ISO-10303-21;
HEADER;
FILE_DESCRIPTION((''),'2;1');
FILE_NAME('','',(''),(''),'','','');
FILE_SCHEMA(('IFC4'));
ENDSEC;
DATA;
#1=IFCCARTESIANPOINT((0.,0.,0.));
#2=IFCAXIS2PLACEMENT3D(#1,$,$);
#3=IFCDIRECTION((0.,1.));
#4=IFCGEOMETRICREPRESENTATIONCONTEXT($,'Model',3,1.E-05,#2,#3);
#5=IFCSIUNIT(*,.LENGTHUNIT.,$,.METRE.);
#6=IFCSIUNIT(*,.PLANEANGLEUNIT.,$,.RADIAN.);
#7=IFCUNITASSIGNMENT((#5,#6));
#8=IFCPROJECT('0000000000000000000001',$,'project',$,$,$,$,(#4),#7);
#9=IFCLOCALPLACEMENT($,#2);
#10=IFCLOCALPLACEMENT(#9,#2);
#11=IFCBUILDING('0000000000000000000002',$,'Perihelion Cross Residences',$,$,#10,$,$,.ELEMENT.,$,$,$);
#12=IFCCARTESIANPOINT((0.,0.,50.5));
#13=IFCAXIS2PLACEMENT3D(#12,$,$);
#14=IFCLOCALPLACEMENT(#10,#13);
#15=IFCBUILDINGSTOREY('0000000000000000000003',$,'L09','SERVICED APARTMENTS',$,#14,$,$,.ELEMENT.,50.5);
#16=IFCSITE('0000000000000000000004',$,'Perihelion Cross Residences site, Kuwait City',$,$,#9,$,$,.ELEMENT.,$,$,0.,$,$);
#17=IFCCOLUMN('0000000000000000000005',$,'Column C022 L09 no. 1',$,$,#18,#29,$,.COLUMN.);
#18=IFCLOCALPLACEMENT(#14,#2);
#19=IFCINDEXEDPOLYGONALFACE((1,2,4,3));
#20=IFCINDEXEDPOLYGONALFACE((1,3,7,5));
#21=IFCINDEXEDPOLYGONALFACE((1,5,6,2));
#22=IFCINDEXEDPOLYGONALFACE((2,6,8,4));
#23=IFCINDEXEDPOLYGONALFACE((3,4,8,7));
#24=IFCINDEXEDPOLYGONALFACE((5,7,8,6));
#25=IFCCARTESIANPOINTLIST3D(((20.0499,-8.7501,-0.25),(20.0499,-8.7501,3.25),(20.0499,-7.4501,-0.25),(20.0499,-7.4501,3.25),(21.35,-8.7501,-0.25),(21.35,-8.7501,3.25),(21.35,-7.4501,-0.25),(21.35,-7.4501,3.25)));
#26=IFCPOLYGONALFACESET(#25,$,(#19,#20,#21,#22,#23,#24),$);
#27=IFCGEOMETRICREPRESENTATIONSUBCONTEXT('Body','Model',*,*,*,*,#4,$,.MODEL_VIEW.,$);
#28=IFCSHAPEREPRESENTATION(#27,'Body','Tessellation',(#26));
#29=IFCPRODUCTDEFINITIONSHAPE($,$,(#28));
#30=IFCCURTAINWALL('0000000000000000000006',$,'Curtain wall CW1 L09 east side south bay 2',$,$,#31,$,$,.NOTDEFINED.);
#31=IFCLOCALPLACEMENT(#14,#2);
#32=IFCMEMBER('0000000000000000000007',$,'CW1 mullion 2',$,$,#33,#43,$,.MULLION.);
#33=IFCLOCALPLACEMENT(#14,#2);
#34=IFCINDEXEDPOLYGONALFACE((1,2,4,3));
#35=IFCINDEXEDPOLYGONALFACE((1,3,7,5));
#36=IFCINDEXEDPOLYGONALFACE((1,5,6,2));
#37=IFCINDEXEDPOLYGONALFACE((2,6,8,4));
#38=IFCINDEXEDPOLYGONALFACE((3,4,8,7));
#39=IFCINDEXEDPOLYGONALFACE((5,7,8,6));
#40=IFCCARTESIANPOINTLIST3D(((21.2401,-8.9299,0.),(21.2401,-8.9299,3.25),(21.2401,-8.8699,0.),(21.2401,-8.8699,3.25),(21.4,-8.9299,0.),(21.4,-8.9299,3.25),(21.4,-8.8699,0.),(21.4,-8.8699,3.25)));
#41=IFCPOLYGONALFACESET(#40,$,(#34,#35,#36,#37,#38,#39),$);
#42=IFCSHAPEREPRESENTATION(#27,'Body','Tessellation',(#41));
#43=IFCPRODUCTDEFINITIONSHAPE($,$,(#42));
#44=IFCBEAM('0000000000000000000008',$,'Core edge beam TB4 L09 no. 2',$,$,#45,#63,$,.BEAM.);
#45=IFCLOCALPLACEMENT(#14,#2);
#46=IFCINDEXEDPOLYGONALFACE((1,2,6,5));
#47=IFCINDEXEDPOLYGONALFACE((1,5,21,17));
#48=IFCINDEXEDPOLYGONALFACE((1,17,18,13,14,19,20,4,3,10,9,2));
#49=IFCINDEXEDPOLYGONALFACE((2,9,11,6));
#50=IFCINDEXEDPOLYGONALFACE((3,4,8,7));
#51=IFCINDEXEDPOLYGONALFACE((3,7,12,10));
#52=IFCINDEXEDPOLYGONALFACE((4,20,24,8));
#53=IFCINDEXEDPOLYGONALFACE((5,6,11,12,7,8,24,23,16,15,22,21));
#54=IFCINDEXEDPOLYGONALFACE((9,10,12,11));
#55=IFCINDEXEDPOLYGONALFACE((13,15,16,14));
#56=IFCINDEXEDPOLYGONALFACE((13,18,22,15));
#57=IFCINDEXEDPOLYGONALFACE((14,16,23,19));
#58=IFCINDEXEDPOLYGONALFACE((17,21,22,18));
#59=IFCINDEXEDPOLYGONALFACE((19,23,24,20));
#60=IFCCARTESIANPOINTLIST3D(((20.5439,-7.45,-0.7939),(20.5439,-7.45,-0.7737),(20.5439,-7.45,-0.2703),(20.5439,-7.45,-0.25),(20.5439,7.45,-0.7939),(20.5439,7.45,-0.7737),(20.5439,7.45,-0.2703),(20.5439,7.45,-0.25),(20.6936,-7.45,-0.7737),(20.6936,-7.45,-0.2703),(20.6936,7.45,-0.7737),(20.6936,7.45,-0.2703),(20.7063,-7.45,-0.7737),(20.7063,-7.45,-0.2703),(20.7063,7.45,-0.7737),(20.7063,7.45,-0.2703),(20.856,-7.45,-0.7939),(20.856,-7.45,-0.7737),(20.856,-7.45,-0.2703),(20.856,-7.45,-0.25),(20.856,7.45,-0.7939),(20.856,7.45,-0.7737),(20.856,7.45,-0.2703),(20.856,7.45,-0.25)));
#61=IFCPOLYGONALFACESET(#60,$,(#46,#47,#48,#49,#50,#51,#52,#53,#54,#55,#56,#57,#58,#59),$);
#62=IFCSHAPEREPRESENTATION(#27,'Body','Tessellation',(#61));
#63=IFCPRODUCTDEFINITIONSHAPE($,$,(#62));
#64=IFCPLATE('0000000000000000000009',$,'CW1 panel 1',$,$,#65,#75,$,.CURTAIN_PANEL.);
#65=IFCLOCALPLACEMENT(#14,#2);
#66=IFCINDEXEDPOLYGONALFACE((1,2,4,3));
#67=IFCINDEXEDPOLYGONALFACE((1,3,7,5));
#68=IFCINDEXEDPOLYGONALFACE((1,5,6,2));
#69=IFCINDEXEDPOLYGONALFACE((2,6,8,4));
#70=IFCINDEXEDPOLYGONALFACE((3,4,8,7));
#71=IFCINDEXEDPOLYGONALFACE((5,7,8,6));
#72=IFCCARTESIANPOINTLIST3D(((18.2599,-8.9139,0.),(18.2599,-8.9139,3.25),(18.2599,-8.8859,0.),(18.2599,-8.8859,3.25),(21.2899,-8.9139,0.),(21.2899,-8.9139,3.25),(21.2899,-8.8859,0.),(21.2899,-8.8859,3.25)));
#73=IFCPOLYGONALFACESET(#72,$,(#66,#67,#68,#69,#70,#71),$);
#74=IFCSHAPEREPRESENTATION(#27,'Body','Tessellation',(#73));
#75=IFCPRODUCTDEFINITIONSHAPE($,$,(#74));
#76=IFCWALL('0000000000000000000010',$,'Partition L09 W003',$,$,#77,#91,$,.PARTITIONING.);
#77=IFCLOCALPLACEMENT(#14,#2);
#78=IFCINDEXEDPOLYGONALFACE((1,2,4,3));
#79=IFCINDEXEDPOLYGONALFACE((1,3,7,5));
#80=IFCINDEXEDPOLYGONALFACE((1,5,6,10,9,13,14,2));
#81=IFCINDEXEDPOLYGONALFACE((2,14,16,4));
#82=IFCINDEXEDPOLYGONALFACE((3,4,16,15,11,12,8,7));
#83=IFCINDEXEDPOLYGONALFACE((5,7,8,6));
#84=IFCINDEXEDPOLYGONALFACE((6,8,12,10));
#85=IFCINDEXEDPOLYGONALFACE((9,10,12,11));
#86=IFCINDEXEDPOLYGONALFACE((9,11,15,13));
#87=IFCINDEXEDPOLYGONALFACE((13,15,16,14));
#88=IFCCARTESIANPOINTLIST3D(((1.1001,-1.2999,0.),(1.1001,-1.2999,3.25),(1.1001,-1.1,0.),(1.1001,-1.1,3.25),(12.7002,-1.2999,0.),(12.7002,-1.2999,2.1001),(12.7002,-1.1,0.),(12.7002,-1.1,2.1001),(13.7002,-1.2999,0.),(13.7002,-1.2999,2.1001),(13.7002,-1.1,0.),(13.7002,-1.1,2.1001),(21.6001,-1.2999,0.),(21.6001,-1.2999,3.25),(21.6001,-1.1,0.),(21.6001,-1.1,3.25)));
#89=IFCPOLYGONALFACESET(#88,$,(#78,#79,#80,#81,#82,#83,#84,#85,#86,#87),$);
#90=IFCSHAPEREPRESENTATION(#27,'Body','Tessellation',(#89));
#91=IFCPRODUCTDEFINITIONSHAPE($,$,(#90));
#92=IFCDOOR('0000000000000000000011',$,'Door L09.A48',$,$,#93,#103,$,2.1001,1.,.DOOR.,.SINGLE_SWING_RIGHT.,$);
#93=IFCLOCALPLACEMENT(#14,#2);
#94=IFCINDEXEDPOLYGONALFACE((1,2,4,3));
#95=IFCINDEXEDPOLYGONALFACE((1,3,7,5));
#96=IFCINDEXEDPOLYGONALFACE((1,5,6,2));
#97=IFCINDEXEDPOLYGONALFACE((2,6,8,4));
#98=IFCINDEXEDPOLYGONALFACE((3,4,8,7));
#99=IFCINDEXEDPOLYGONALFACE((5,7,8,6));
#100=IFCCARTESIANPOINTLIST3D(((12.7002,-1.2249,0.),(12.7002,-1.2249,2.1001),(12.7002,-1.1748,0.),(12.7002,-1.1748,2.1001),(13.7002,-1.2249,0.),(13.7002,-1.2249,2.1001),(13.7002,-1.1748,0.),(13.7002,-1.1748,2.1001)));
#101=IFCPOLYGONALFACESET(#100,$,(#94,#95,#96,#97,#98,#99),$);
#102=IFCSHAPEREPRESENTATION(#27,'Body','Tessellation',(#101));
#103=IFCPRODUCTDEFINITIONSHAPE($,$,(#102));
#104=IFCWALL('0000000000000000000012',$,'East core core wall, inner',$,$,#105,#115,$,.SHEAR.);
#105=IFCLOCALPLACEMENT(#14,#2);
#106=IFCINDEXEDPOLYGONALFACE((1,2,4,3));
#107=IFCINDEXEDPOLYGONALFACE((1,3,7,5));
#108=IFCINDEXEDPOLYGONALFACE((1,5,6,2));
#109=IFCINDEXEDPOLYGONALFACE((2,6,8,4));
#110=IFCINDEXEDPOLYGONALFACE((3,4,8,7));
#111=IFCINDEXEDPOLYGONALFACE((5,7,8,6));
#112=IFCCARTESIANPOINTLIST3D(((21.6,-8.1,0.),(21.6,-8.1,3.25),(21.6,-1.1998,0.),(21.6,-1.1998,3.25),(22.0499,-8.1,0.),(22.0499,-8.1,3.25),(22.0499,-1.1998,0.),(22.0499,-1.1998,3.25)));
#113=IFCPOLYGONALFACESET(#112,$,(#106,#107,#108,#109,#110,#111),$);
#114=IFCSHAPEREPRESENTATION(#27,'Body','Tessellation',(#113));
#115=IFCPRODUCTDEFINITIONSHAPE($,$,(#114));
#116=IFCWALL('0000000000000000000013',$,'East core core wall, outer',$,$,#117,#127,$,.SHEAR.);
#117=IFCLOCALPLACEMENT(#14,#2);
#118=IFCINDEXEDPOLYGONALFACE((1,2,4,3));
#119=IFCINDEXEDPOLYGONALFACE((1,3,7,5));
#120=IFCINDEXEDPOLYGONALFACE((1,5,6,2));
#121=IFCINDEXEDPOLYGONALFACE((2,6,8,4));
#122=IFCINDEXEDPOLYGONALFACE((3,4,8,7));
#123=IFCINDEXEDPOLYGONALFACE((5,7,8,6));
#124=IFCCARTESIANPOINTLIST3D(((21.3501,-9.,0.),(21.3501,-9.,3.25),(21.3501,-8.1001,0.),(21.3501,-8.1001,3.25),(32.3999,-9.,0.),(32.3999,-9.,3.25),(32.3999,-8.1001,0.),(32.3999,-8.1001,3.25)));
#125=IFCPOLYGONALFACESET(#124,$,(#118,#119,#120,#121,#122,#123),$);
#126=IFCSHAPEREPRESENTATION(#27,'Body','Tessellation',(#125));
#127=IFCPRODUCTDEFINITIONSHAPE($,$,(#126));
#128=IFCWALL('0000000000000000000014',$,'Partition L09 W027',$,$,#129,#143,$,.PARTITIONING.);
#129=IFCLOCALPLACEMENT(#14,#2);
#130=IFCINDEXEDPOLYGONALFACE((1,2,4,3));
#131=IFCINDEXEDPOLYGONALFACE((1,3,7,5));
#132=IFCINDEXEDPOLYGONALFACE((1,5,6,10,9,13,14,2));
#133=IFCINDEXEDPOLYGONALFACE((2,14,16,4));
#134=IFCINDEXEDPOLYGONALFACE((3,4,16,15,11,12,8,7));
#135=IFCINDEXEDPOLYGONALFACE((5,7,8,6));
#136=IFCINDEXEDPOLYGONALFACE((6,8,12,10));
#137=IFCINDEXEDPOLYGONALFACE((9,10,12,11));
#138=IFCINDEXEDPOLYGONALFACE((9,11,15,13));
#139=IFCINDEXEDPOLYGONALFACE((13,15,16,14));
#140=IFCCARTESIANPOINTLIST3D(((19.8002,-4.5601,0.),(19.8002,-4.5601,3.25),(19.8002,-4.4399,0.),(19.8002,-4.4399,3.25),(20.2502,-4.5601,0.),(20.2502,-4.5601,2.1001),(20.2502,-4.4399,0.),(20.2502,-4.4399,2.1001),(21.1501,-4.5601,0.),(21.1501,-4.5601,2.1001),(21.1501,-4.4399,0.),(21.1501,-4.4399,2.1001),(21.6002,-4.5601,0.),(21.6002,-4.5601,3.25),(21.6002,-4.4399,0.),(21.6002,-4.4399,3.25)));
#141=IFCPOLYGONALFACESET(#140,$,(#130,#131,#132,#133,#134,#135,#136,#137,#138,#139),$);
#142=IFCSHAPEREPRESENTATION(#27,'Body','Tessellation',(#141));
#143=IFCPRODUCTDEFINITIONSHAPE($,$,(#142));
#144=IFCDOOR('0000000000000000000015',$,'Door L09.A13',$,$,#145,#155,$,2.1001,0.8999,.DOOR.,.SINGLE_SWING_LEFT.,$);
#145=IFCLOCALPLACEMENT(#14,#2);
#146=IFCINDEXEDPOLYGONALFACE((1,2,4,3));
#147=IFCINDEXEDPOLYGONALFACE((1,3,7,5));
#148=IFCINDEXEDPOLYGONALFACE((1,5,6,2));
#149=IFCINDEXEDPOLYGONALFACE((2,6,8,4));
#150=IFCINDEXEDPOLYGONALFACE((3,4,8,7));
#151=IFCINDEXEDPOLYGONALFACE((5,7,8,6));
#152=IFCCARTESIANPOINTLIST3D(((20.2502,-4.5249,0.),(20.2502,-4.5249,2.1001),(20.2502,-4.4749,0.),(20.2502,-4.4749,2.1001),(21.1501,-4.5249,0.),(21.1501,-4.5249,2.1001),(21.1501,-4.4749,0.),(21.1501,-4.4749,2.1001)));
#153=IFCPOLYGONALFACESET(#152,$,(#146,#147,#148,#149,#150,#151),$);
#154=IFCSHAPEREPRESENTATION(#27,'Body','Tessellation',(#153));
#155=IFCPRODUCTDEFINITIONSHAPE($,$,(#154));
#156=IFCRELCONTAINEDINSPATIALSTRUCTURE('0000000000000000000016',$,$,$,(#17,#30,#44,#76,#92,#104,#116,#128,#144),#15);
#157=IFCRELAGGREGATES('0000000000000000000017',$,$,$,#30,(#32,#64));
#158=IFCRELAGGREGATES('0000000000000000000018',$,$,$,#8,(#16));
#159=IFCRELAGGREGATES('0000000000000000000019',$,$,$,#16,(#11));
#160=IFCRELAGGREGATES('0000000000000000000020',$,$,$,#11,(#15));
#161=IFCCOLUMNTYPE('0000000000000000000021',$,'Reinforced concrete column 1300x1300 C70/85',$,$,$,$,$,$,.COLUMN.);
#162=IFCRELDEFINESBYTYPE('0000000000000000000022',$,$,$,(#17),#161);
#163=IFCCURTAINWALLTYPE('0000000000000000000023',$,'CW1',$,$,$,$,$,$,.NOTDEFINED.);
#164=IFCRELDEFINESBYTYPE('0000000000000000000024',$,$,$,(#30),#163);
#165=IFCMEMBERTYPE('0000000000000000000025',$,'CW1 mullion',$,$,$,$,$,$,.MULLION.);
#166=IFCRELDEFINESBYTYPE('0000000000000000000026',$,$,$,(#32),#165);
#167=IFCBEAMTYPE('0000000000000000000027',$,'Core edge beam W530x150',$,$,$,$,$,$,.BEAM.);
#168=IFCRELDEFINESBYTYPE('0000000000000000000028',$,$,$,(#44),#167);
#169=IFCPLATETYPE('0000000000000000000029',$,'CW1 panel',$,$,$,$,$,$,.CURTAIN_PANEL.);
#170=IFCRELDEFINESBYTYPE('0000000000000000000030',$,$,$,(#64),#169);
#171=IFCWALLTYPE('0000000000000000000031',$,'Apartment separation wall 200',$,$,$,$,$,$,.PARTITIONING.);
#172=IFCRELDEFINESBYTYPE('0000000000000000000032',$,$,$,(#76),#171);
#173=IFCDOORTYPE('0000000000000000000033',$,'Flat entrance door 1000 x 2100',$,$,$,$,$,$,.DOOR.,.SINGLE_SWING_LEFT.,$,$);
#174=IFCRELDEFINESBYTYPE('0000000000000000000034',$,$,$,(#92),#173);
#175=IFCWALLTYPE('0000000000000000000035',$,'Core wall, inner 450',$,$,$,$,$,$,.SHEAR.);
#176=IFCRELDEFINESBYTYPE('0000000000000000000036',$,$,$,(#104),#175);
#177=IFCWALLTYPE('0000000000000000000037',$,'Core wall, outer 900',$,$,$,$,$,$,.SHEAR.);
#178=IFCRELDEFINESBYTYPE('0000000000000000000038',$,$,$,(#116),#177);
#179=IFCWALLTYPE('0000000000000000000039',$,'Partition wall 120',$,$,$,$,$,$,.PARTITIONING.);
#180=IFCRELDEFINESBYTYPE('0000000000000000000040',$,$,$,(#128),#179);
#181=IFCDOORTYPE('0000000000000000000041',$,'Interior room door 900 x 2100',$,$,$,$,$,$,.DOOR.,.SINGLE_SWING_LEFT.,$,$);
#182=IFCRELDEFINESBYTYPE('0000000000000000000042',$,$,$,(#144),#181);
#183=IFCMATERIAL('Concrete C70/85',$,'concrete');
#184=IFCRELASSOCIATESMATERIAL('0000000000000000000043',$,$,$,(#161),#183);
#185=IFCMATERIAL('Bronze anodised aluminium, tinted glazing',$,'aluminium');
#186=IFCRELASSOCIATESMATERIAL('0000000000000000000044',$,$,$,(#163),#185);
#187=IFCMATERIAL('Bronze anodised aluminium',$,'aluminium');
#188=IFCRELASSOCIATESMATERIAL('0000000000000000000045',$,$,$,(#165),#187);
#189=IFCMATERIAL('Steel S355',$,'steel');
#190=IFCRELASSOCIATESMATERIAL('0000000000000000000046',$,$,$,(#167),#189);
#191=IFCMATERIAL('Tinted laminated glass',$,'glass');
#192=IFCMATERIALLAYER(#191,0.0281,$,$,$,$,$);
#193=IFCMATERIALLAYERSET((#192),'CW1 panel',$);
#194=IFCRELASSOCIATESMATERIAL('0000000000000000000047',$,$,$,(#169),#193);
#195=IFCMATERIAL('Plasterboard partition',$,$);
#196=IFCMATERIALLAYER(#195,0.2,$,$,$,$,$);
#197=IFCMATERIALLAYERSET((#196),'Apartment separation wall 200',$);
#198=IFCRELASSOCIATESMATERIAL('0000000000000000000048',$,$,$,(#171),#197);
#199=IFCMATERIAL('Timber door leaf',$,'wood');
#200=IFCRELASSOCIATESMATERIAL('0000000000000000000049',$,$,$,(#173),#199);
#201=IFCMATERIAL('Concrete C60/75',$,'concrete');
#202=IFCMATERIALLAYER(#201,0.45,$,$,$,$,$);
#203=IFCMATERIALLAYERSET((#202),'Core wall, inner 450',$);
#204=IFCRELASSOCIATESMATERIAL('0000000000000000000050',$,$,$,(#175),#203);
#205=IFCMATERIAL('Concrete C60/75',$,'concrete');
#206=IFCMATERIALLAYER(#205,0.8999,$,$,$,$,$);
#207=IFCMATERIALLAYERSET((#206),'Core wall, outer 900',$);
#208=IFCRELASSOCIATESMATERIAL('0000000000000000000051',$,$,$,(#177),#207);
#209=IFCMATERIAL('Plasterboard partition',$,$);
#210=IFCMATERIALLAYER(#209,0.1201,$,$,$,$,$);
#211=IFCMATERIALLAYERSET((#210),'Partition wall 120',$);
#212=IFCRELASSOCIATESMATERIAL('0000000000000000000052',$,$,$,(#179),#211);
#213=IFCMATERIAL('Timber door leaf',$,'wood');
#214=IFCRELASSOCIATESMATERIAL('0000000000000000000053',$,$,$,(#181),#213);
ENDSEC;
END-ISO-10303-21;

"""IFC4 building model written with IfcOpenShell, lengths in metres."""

from ifc_helpers import new_model, si_unit, direction, frame, frame_2d, origin, origin_2d, place, context, subcontext, project, spatial, rectangle, i_section, extrude, material, layer, layer_set, material_profile, profile_set, type_object, element, fill, aggregate, save


model = new_model("IFC4")

# Units and contexts
model_context = context("Model", 3, precision=1e-05, world=origin(), true_north=direction((0.0, 1.0)))
body_context = subcontext(model_context, "Body", "Model", "MODEL_VIEW")
ifc_project = project(units=[si_unit("LENGTHUNIT", "METRE"), si_unit("PLANEANGLEUNIT", "RADIAN")], contexts=[model_context])

# Site, building, storey
site_placement = place(None, origin())
site = spatial("IfcSite", under=ifc_project, at=site_placement, Name="Perihelion Cross Residences site, Kuwait City", CompositionType="ELEMENT", RefElevation=0.0)
building_placement = place(site_placement, origin())
building = spatial("IfcBuilding", under=site, at=building_placement, Name="Perihelion Cross Residences", CompositionType="ELEMENT")
storey_placement = place(building_placement, frame((0.0, 0.0, 50.5)))
storey = spatial("IfcBuildingStorey", under=building, at=storey_placement, Name="L09", Description="SERVICED APARTMENTS", CompositionType="ELEMENT", Elevation=50.5)

# Column
ifc_material_1 = material(Name="Concrete C70/85", Category="concrete")
ifc_material_profile_1 = material_profile(ifc_material_1, rectangle(XDim=1.3, YDim=1.3, at=origin_2d()), Name="RC 1300x1300")
ifc_profile_set_1 = profile_set([ifc_material_profile_1], Name="Concrete C70/85")
column_type = type_object("IfcColumnType", Name="Reinforced concrete column 1300x1300 C70/85", PredefinedType="COLUMN", material=ifc_profile_set_1)
column_placement = place(storey_placement, frame((20.7, -8.1001, -0.25), z_axis=(0.0, 0.0, 1.0), x_axis=(1.0, 0.0, 0.0)))
element("IfcColumn", 1, at=column_placement, inside=storey, type_object=column_type, Name="Column C022 L09 no. 1", PredefinedType="COLUMN", context=body_context, shape_type="SweptSolid", body=[
    extrude(rectangle(XDim=1.3, YDim=1.3, at=origin_2d()), origin(), (0.0, 0.0, 1.0), 3.5),
])

# Curtain wall, member
ifc_material_2 = material(Name="Bronze anodised aluminium, tinted glazing", Category="aluminium")
curtain_wall_type = type_object("IfcCurtainWallType", Name="CW1", PredefinedType="NOTDEFINED", material=ifc_material_2)
curtain_wall_placement = place(storey_placement, origin())
curtain_wall = element("IfcCurtainWall", 2, at=curtain_wall_placement, inside=storey, type_object=curtain_wall_type, Name="Curtain wall CW1 L09 east side south bay 2", PredefinedType="NOTDEFINED")
ifc_material_3 = material(Name="Bronze anodised aluminium", Category="aluminium")
ifc_material_profile_2 = material_profile(ifc_material_3, rectangle(XDim=0.0601, YDim=0.1599, at=origin_2d()), Name="CW1 mullion")
ifc_profile_set_2 = profile_set([ifc_material_profile_2], Name="Bronze anodised aluminium")
member_type = type_object("IfcMemberType", Name="CW1 mullion", PredefinedType="MULLION", material=ifc_profile_set_2)
member_placement = place(storey_placement, frame((21.3201, -8.8999, 0.0), z_axis=(0.0, 0.0, 1.0), x_axis=(0.0, 1.0, 0.0)))
member = element("IfcMember", 3, at=member_placement, type_object=member_type, Name="CW1 mullion 2", PredefinedType="MULLION", context=body_context, shape_type="SweptSolid", body=[
    extrude(rectangle(XDim=0.0601, YDim=0.1599, at=origin_2d()), origin(), (0.0, 0.0, 1.0), 3.25),
])

# Beam
ifc_material_4 = material(Name="Steel S355", Category="steel")
ifc_material_profile_3 = material_profile(ifc_material_4, i_section(OverallWidth=0.312, OverallDepth=0.5439, WebThickness=0.0127, FlangeThickness=0.0203, at=origin_2d()), Name="W530x150")
ifc_profile_set_3 = profile_set([ifc_material_profile_3], Name="Steel S355")
beam_type = type_object("IfcBeamType", Name="Core edge beam W530x150", PredefinedType="BEAM", material=ifc_profile_set_3)
beam_placement = place(storey_placement, frame((20.7, -7.45, -0.522), z_axis=(0.0, 1.0, 0.0), x_axis=(-1.0, 0.0, 0.0)))
element("IfcBeam", 4, at=beam_placement, inside=storey, type_object=beam_type, Name="Core edge beam TB4 L09 no. 2", PredefinedType="BEAM", context=body_context, shape_type="SweptSolid", body=[
    extrude(i_section(OverallWidth=0.312, OverallDepth=0.5439, WebThickness=0.0127, FlangeThickness=0.0203, at=origin_2d()), origin(), (0.0, 0.0, 1.0), 14.8999),
])

# Plate
ifc_material_5 = material(Name="Tinted laminated glass", Category="glass")
ifc_layer_1 = layer(ifc_material_5, 0.0281)
ifc_layer_set_1 = layer_set([ifc_layer_1], Name="CW1 panel")
plate_type = type_object("IfcPlateType", Name="CW1 panel", PredefinedType="CURTAIN_PANEL", material=ifc_layer_set_1)
plate_placement = place(storey_placement, frame((19.7749, -8.8999, 0.0), z_axis=(0.0, 0.0, 1.0), x_axis=(1.0, 0.0, 0.0)))
plate = element("IfcPlate", 5, at=plate_placement, type_object=plate_type, Name="CW1 panel 1", PredefinedType="CURTAIN_PANEL", context=body_context, shape_type="SweptSolid", body=[
    extrude(rectangle(XDim=3.03, YDim=0.0281, at=origin_2d()), origin(), (0.0, 0.0, 1.0), 3.25),
])
aggregate(curtain_wall, [member, plate])

# Wall, opening, door
ifc_material_6 = material(Name="Plasterboard partition")
ifc_layer_2 = layer(ifc_material_6, 0.2)
ifc_layer_set_2 = layer_set([ifc_layer_2], Name="Apartment separation wall 200")
wall_type_1 = type_object("IfcWallType", Name="Apartment separation wall 200", PredefinedType="PARTITIONING", material=ifc_layer_set_2)
wall_1_placement = place(storey_placement, frame((21.6001, -1.2, 0.0), z_axis=(0.0, 0.0, 1.0), x_axis=(-1.0, 0.0, 0.0)))
wall_1 = element("IfcWall", 6, at=wall_1_placement, inside=storey, type_object=wall_type_1, Name="Partition L09 W003", PredefinedType="PARTITIONING", context=body_context, shape_type="SweptSolid", body=[
    extrude(rectangle(XDim=20.5, YDim=0.2, at=frame_2d((10.25, 0.0))), origin(), (0.0, 0.0, 1.0), 3.25),
])
opening_1_placement = place(wall_1_placement, frame((7.8999, 0.0, 0.0)))
opening_1 = element("IfcOpeningElement", 7, at=opening_1_placement, cuts=wall_1, PredefinedType="OPENING", context=body_context, shape_type="SweptSolid", body=[
    extrude(rectangle(XDim=1.0, YDim=2.1001, at=frame_2d((0.5, 1.05))), frame((0.0, 0.1099, 0.0), z_axis=(0.0, -1.0, 0.0), x_axis=(1.0, 0.0, 0.0)), (0.0, 0.0, 1.0), 0.22),
])
ifc_material_7 = material(Name="Timber door leaf", Category="wood")
door_type_1 = type_object("IfcDoorType", Name="Flat entrance door 1000 x 2100", OperationType="SINGLE_SWING_LEFT", PredefinedType="DOOR", material=ifc_material_7)
door_1_placement = place(opening_1_placement, origin())
door_1 = element("IfcDoor", 8, at=door_1_placement, inside=storey, type_object=door_type_1, Name="Door L09.A48", OperationType="SINGLE_SWING_RIGHT", OverallHeight=2.1001, OverallWidth=1.0, PredefinedType="DOOR", context=body_context, shape_type="SweptSolid", body=[
    extrude(rectangle(XDim=1.0, YDim=2.1001, at=frame_2d((0.5, 1.05))), frame((0.0, 0.0249, 0.0), z_axis=(0.0, -1.0, 0.0), x_axis=(1.0, 0.0, 0.0)), (0.0, 0.0, 1.0), 0.05),
])
fill(opening_1, door_1)

# Walls
ifc_material_8 = material(Name="Concrete C60/75", Category="concrete")
ifc_layer_3 = layer(ifc_material_8, 0.45)
ifc_layer_set_3 = layer_set([ifc_layer_3], Name="Core wall, inner 450")
wall_type_2 = type_object("IfcWallType", Name="Core wall, inner 450", PredefinedType="SHEAR", material=ifc_layer_set_3)
wall_2_placement = place(storey_placement, frame((21.825, -8.1001, 0.0), z_axis=(0.0, 0.0, 1.0), x_axis=(0.0, 1.0, 0.0)))
element("IfcWall", 9, at=wall_2_placement, inside=storey, type_object=wall_type_2, Name="East core core wall, inner", PredefinedType="SHEAR", context=body_context, shape_type="SweptSolid", body=[
    extrude(rectangle(XDim=6.9001, YDim=0.45, at=frame_2d((3.4502, 0.0))), origin(), (0.0, 0.0, 1.0), 3.25),
])
ifc_material_9 = material(Name="Concrete C60/75", Category="concrete")
ifc_layer_4 = layer(ifc_material_9, 0.8999)
ifc_layer_set_4 = layer_set([ifc_layer_4], Name="Core wall, outer 900")
wall_type_3 = type_object("IfcWallType", Name="Core wall, outer 900", PredefinedType="SHEAR", material=ifc_layer_set_4)
wall_3_placement = place(storey_placement, frame((21.3501, -8.55, 0.0), z_axis=(0.0, 0.0, 1.0), x_axis=(1.0, 0.0, 0.0)))
element("IfcWall", 10, at=wall_3_placement, inside=storey, type_object=wall_type_3, Name="East core core wall, outer", PredefinedType="SHEAR", context=body_context, shape_type="SweptSolid", body=[
    extrude(rectangle(XDim=11.0498, YDim=0.8999, at=frame_2d((5.5249, 0.0))), origin(), (0.0, 0.0, 1.0), 3.25),
])

# Wall, opening, door
ifc_material_10 = material(Name="Plasterboard partition")
ifc_layer_5 = layer(ifc_material_10, 0.1201)
ifc_layer_set_5 = layer_set([ifc_layer_5], Name="Partition wall 120")
wall_type_4 = type_object("IfcWallType", Name="Partition wall 120", PredefinedType="PARTITIONING", material=ifc_layer_set_5)
wall_4_placement = place(storey_placement, frame((21.6001, -4.5, 0.0), z_axis=(0.0, 0.0, 1.0), x_axis=(-1.0, 0.0, 0.0)))
wall_4 = element("IfcWall", 11, at=wall_4_placement, inside=storey, type_object=wall_type_4, Name="Partition L09 W027", PredefinedType="PARTITIONING", context=body_context, shape_type="SweptSolid", body=[
    extrude(rectangle(XDim=1.8, YDim=0.1201, at=frame_2d((0.8999, 0.0))), origin(), (0.0, 0.0, 1.0), 3.25),
])
opening_2_placement = place(wall_4_placement, frame((0.45, 0.0, 0.0)))
opening_2 = element("IfcOpeningElement", 12, at=opening_2_placement, cuts=wall_4, PredefinedType="OPENING", context=body_context, shape_type="SweptSolid", body=[
    extrude(rectangle(XDim=0.8999, YDim=2.1001, at=frame_2d((0.45, 1.05))), frame((0.0, 0.0701, 0.0), z_axis=(0.0, -1.0, 0.0), x_axis=(1.0, 0.0, 0.0)), (0.0, 0.0, 1.0), 0.1401),
])
ifc_material_11 = material(Name="Timber door leaf", Category="wood")
door_type_2 = type_object("IfcDoorType", Name="Interior room door 900 x 2100", OperationType="SINGLE_SWING_LEFT", PredefinedType="DOOR", material=ifc_material_11)
door_2_placement = place(opening_2_placement, origin())
door_2 = element("IfcDoor", 13, at=door_2_placement, inside=storey, type_object=door_type_2, Name="Door L09.A13", OperationType="SINGLE_SWING_LEFT", OverallHeight=2.1001, OverallWidth=0.8999, PredefinedType="DOOR", context=body_context, shape_type="SweptSolid", body=[
    extrude(rectangle(XDim=0.8999, YDim=2.1001, at=frame_2d((0.45, 1.05))), frame((0.0, 0.0249, 0.0), z_axis=(0.0, -1.0, 0.0), x_axis=(1.0, 0.0, 0.0)), (0.0, 0.0, 1.0), 0.05),
])
fill(opening_2, door_2)

save(model, "model.ifc")
